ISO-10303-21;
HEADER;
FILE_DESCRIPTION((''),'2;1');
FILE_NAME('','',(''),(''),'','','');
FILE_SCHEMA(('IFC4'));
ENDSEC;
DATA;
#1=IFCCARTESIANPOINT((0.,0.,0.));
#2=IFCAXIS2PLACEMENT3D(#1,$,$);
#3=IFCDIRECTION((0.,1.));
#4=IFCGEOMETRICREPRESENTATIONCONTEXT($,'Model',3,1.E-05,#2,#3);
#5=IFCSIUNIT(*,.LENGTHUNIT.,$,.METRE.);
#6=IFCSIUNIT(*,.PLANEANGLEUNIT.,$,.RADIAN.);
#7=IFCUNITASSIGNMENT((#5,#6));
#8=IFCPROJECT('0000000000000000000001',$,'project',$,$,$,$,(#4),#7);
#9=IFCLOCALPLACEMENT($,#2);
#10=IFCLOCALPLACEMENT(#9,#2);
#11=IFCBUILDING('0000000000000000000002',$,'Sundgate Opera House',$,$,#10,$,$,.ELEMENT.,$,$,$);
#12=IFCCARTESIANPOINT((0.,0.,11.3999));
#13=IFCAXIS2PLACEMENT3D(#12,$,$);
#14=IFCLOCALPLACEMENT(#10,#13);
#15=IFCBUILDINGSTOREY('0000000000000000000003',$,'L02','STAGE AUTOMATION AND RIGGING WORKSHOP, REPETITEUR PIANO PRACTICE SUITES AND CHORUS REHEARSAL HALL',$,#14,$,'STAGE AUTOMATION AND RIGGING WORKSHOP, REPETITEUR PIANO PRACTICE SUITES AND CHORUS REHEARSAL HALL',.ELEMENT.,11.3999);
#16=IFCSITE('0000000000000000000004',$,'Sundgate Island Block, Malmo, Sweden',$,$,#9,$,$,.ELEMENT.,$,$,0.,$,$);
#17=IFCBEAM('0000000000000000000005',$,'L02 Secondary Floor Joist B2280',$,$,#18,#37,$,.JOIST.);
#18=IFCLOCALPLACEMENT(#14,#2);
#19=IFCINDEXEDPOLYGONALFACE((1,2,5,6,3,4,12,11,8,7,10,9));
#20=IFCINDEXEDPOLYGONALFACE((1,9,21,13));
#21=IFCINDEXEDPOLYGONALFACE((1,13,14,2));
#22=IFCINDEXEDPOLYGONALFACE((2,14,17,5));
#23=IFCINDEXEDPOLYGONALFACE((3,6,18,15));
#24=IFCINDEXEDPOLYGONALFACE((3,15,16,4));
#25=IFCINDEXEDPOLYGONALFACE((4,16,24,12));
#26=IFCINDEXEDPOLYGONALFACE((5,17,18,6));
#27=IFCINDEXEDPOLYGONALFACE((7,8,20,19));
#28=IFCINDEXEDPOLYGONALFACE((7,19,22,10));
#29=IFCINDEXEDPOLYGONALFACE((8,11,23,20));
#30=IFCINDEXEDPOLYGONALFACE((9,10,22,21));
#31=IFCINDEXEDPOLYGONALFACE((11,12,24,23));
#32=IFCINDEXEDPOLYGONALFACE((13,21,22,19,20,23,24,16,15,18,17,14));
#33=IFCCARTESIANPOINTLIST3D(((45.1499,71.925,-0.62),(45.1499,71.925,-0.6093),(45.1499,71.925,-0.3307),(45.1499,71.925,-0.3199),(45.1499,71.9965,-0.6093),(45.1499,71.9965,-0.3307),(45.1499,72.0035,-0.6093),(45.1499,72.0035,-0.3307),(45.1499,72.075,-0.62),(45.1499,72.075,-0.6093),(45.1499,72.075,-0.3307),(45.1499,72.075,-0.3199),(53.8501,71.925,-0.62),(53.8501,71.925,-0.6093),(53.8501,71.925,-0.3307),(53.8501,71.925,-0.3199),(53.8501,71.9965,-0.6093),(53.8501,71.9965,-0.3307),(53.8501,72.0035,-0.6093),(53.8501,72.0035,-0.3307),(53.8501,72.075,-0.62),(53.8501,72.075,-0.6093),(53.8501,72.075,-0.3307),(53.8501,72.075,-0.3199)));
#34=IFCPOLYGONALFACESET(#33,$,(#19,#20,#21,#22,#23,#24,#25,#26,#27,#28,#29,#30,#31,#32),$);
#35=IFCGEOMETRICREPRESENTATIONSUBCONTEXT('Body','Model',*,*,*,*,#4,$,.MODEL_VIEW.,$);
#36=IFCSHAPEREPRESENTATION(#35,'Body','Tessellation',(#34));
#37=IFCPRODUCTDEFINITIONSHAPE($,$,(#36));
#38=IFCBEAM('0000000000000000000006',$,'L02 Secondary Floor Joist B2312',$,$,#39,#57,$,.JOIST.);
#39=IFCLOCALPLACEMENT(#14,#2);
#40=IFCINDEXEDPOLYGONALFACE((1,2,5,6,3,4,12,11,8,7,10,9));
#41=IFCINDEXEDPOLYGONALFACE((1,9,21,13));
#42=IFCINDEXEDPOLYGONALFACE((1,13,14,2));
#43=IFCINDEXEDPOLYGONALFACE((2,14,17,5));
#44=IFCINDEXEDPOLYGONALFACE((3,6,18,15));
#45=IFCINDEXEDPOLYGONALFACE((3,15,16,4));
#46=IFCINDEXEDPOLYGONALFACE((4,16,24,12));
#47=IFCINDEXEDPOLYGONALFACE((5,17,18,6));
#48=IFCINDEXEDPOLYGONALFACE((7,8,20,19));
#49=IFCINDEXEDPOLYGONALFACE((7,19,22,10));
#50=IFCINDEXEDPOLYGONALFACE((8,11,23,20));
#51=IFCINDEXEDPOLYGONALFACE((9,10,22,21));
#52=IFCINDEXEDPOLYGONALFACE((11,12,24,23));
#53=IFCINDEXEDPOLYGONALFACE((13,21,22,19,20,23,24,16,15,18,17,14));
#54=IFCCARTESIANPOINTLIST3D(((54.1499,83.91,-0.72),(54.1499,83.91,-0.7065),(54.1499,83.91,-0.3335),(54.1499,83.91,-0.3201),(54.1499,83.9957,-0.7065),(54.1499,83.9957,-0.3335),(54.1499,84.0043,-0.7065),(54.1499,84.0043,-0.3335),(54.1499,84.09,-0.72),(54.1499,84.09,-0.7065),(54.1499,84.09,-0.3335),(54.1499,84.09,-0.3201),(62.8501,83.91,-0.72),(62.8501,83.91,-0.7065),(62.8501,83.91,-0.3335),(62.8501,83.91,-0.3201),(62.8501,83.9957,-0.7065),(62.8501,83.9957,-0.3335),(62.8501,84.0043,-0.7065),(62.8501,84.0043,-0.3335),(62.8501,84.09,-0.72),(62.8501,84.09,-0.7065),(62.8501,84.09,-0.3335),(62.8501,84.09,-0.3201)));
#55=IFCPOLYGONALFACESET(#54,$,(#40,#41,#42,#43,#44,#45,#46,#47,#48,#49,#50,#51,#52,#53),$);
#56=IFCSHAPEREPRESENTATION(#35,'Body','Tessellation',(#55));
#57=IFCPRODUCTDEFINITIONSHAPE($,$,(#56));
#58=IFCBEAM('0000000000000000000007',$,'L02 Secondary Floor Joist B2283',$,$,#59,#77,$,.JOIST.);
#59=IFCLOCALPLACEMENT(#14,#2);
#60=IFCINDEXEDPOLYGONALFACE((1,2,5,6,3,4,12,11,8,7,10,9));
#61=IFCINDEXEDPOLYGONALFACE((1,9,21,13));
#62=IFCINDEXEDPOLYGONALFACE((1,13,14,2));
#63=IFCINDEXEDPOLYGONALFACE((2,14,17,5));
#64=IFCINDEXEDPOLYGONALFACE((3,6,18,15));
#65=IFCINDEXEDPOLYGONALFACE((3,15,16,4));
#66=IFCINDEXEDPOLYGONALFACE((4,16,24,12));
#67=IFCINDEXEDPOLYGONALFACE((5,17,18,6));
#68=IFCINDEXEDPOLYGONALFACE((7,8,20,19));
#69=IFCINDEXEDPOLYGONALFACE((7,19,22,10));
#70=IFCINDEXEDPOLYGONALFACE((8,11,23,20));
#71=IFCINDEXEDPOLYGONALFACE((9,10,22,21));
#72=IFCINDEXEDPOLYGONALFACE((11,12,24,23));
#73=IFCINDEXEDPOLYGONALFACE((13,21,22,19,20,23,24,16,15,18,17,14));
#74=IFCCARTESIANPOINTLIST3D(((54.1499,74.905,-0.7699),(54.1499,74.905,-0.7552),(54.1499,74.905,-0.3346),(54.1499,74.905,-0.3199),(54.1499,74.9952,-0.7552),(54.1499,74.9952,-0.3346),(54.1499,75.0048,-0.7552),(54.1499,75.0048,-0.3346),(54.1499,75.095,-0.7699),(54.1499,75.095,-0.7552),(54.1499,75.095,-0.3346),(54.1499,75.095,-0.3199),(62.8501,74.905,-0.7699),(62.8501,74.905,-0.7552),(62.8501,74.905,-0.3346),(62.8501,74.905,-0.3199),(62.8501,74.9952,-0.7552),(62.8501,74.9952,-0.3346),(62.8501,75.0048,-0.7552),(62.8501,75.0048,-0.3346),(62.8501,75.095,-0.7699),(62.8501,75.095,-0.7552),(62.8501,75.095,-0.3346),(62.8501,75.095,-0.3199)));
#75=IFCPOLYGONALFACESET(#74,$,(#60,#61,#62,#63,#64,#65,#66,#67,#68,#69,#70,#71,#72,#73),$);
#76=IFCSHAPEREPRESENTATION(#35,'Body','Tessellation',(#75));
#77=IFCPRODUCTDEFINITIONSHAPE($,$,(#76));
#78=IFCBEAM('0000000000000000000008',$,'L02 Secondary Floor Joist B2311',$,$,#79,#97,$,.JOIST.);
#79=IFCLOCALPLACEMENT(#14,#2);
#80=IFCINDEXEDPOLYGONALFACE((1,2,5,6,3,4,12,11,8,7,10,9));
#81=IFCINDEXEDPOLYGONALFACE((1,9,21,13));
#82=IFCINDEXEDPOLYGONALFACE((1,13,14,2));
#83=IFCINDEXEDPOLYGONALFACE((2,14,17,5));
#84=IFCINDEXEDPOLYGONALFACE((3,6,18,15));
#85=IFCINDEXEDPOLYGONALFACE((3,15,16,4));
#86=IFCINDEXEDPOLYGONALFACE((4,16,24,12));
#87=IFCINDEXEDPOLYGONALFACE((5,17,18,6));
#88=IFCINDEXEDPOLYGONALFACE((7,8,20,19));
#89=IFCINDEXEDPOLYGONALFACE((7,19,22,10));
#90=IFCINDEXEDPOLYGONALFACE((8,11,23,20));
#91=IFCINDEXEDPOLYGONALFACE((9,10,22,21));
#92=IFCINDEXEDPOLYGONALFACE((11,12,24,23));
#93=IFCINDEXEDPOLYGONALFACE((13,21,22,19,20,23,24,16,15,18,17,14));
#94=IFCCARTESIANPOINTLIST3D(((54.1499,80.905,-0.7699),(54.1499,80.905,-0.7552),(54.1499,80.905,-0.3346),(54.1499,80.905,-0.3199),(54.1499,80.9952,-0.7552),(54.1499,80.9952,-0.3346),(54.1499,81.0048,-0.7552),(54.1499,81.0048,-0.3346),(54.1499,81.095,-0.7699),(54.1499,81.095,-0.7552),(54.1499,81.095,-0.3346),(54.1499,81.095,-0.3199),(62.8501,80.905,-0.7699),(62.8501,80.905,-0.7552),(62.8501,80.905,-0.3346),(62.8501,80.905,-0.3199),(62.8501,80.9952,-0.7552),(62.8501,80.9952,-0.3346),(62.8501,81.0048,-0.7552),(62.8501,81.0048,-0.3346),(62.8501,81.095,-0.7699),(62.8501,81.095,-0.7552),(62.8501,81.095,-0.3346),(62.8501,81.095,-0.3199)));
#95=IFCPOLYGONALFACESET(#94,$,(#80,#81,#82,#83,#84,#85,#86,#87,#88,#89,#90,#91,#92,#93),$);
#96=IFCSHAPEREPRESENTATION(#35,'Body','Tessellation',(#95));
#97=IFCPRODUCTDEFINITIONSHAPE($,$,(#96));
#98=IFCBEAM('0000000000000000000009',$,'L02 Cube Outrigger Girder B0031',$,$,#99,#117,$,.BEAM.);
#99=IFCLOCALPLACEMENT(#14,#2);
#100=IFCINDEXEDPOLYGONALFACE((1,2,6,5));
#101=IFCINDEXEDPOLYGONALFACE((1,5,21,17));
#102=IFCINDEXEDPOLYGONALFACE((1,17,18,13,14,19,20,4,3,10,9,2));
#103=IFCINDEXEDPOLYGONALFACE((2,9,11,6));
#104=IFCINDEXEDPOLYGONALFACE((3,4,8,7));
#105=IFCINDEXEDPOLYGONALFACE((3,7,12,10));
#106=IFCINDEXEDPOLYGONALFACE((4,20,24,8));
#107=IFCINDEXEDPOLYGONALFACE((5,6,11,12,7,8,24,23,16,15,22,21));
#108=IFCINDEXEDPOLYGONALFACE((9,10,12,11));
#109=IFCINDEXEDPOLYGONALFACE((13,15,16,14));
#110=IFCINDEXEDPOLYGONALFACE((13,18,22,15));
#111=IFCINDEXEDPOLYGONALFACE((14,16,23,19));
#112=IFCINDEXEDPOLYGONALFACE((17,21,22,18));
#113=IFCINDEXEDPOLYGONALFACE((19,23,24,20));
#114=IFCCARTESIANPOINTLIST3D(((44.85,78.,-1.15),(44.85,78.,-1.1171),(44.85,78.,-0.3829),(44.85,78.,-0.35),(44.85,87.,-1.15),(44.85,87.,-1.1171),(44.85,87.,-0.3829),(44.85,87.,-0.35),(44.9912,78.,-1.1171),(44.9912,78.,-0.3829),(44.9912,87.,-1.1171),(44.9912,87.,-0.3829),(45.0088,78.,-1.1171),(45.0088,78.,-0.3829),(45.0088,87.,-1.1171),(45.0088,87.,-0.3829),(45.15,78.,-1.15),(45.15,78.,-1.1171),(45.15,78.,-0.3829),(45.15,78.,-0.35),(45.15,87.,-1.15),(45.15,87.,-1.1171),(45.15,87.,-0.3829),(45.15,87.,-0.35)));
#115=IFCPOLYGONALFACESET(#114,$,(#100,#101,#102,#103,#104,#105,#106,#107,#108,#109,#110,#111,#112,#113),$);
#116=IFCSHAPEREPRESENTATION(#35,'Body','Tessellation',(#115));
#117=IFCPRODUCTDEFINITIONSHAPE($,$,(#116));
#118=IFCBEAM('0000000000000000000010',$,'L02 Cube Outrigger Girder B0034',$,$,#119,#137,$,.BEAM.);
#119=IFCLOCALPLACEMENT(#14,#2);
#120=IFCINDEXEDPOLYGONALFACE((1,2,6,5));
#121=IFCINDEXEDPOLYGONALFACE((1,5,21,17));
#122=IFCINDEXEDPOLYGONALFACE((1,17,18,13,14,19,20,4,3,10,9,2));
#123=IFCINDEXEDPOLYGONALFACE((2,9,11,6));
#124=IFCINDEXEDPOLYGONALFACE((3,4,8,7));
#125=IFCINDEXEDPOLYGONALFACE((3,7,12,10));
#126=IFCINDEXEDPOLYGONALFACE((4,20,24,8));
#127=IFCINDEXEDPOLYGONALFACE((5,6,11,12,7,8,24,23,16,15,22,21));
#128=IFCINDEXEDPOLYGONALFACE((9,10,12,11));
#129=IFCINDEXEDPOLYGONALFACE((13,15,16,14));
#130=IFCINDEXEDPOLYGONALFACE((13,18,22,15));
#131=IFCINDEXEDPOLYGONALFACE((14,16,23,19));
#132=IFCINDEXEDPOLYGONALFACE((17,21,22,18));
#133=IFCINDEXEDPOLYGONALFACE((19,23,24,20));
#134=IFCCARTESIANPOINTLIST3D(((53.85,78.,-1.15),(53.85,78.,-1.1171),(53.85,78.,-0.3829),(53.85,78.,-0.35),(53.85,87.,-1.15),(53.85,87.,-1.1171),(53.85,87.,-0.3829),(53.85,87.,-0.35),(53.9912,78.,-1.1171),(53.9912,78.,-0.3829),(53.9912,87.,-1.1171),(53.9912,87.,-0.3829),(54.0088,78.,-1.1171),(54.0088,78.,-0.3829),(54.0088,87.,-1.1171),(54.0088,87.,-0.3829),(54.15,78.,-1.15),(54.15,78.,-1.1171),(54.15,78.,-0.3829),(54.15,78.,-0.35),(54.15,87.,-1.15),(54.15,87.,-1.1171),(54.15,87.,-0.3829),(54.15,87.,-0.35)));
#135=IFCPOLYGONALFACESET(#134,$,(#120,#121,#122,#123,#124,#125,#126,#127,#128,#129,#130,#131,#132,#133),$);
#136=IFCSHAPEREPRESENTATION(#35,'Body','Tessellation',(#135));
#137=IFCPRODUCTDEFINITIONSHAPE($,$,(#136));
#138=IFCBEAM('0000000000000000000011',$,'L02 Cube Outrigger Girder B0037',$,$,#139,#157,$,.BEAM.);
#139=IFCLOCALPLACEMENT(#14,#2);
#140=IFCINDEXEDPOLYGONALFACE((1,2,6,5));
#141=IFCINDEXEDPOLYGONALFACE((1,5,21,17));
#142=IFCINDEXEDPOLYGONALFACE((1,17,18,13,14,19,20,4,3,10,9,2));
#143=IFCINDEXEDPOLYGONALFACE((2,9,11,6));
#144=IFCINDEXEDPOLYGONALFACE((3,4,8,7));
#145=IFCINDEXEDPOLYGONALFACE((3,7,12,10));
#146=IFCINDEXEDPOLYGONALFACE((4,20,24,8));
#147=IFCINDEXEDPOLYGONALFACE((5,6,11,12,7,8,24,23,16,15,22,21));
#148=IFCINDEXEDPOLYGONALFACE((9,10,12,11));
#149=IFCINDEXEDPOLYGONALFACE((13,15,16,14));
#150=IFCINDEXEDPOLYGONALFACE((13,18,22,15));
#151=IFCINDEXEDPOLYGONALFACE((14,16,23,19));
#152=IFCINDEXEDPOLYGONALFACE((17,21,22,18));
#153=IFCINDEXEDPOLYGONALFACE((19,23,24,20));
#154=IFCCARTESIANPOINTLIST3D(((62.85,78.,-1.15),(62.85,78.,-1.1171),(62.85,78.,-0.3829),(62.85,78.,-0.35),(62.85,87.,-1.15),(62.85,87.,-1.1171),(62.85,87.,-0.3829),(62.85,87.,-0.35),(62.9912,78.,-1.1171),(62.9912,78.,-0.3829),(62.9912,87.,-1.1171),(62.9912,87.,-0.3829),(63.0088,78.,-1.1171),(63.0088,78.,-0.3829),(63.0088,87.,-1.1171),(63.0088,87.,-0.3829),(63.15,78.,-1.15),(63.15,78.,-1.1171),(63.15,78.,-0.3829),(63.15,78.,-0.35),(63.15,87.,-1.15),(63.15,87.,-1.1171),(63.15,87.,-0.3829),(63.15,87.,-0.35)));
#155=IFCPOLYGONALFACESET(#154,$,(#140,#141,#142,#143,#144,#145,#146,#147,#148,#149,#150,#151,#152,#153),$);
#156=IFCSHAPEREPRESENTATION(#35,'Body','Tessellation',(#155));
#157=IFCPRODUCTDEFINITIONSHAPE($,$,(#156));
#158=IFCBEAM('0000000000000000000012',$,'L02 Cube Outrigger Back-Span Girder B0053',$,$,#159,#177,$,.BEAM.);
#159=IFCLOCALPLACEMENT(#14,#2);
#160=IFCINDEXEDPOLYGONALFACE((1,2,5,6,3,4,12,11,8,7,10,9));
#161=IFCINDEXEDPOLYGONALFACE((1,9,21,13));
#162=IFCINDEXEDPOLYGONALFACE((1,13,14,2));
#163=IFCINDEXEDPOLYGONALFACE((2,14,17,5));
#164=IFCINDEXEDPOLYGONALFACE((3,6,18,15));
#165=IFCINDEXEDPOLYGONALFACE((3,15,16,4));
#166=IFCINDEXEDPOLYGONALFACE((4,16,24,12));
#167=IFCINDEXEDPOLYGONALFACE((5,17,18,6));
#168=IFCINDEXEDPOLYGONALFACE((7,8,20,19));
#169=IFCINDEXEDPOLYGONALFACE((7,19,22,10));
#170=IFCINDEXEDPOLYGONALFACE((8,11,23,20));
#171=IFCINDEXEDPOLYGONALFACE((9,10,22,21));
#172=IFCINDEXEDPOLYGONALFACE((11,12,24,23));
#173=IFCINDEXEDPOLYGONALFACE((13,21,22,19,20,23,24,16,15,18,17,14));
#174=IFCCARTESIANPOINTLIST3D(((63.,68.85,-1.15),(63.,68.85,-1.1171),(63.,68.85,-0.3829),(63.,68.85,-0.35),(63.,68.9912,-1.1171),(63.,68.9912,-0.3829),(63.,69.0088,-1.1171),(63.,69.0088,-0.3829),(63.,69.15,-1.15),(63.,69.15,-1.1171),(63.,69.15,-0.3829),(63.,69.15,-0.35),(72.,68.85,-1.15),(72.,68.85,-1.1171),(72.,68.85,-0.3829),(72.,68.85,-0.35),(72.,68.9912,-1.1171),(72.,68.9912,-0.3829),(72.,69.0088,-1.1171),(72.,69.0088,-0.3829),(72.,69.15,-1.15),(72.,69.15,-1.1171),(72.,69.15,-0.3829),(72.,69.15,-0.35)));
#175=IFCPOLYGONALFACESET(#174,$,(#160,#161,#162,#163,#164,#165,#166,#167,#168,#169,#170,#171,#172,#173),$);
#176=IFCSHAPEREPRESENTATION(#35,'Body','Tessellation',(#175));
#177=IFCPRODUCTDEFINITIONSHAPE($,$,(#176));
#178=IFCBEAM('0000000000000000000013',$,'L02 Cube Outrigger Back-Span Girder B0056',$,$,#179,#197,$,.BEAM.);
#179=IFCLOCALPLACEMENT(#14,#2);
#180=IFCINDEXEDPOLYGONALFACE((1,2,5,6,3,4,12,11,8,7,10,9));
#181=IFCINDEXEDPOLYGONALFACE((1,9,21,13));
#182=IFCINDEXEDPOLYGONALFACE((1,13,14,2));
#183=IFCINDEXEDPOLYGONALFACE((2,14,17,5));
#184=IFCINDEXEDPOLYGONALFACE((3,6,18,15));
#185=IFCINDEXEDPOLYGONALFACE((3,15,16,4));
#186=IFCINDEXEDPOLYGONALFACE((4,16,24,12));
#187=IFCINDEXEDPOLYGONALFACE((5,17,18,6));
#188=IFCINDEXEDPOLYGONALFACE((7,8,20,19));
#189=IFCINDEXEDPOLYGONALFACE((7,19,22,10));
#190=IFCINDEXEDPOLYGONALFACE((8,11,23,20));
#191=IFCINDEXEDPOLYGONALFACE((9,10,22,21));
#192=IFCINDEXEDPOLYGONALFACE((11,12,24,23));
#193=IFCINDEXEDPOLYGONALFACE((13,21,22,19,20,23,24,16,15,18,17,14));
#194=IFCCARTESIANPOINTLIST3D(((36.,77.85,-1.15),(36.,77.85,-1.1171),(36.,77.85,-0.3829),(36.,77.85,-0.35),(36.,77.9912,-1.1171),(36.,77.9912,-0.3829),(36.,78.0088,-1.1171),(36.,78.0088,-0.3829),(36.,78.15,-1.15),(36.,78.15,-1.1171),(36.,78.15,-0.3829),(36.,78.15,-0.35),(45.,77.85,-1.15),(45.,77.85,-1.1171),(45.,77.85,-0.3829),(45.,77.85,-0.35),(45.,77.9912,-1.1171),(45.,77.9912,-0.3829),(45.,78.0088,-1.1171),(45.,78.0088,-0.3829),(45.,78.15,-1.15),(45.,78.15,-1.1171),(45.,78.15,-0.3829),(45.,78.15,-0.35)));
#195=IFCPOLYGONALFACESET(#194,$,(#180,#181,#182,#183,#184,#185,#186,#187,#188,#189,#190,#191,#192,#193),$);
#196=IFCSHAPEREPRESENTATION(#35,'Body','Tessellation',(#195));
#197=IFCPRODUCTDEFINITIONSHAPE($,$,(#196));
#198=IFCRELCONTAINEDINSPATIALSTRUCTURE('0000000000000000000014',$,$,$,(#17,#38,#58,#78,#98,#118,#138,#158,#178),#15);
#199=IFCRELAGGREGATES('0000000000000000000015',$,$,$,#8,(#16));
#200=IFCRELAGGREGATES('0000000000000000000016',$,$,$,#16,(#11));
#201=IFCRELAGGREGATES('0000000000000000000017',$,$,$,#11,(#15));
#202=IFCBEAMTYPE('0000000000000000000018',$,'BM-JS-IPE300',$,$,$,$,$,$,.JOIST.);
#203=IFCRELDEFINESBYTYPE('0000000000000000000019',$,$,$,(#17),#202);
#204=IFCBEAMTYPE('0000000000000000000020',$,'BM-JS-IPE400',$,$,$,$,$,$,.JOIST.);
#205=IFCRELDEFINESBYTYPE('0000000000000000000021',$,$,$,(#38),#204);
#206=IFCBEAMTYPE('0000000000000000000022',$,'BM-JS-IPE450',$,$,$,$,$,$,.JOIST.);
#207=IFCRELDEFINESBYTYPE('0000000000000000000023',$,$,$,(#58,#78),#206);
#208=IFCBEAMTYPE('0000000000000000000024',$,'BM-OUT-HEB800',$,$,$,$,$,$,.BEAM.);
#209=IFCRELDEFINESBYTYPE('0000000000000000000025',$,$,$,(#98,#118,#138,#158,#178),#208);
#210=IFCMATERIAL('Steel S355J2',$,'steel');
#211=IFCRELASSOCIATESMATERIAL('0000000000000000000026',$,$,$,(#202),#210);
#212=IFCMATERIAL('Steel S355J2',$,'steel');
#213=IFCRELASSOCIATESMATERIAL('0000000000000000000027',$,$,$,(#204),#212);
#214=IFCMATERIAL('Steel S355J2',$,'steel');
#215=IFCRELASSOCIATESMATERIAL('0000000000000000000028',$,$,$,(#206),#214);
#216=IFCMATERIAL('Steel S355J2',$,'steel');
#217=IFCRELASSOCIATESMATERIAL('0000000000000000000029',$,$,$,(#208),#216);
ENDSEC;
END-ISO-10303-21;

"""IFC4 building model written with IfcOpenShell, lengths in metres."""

from ifc_helpers import new_model, si_unit, direction, frame, origin, origin_2d, place, context, subcontext, project, spatial, i_section, extrude, material, material_profile, profile_set, type_object, element, save


model = new_model("IFC4")

# Units and contexts
model_context = context("Model", 3, precision=1e-05, world=origin(), true_north=direction((0.0, 1.0)))
body_context = subcontext(model_context, "Body", "Model", "MODEL_VIEW")
ifc_project = project(units=[si_unit("LENGTHUNIT", "METRE"), si_unit("PLANEANGLEUNIT", "RADIAN")], contexts=[model_context])

# Site, building, storey
site_placement = place(None, origin())
site = spatial("IfcSite", under=ifc_project, at=site_placement, Name="Sundgate Island Block, Malmo, Sweden", CompositionType="ELEMENT", RefElevation=0.0)
building_placement = place(site_placement, origin())
building = spatial("IfcBuilding", under=site, at=building_placement, Name="Sundgate Opera House", CompositionType="ELEMENT")
storey_placement = place(building_placement, frame((0.0, 0.0, 11.3999)))
storey = spatial("IfcBuildingStorey", under=building, at=storey_placement, Name="L02", Description="STAGE AUTOMATION AND RIGGING WORKSHOP, REPETITEUR PIANO PRACTICE SUITES AND CHORUS REHEARSAL HALL", LongName="STAGE AUTOMATION AND RIGGING WORKSHOP, REPETITEUR PIANO PRACTICE SUITES AND CHORUS REHEARSAL HALL", CompositionType="ELEMENT", Elevation=11.3999)

# Beams
ifc_material_1 = material(Name="Steel S355J2", Category="steel")
ifc_material_profile_1 = material_profile(ifc_material_1, i_section(OverallWidth=0.1499, OverallDepth=0.3, WebThickness=0.0071, FlangeThickness=0.0107, at=origin_2d()), Name="IPE 300")
ifc_profile_set_1 = profile_set([ifc_material_profile_1], Name="Steel S355J2")
beam_type_1 = type_object("IfcBeamType", Name="BM-JS-IPE300", PredefinedType="JOIST", material=ifc_profile_set_1)
beam_1_placement = place(storey_placement, frame((45.1499, 72.0, -0.47), z_axis=(1.0, 0.0, 0.0), x_axis=(0.0, 1.0, 0.0)))
element("IfcBeam", 1, at=beam_1_placement, inside=storey, type_object=beam_type_1, Name="L02 Secondary Floor Joist B2280", PredefinedType="JOIST", context=body_context, shape_type="SweptSolid", body=[
    extrude(i_section(OverallWidth=0.1499, OverallDepth=0.3, WebThickness=0.0071, FlangeThickness=0.0107, at=origin_2d()), origin(), (0.0, 0.0, 1.0), 8.7002),
])
ifc_material_2 = material(Name="Steel S355J2", Category="steel")
ifc_material_profile_2 = material_profile(ifc_material_2, i_section(OverallWidth=0.1799, OverallDepth=0.3999, WebThickness=0.0085, FlangeThickness=0.0134, at=origin_2d()), Name="IPE 400")
ifc_profile_set_2 = profile_set([ifc_material_profile_2], Name="Steel S355J2")
beam_type_2 = type_object("IfcBeamType", Name="BM-JS-IPE400", PredefinedType="JOIST", material=ifc_profile_set_2)
beam_2_placement = place(storey_placement, frame((54.1499, 84.0, -0.52), z_axis=(1.0, 0.0, 0.0), x_axis=(0.0, 1.0, 0.0)))
element("IfcBeam", 2, at=beam_2_placement, inside=storey, type_object=beam_type_2, Name="L02 Secondary Floor Joist B2312", PredefinedType="JOIST", context=body_context, shape_type="SweptSolid", body=[
    extrude(i_section(OverallWidth=0.1799, OverallDepth=0.3999, WebThickness=0.0085, FlangeThickness=0.0134, at=origin_2d()), origin(), (0.0, 0.0, 1.0), 8.7002),
])
ifc_material_3 = material(Name="Steel S355J2", Category="steel")
ifc_material_profile_3 = material_profile(ifc_material_3, i_section(OverallWidth=0.1899, OverallDepth=0.45, WebThickness=0.0095, FlangeThickness=0.0146, at=origin_2d()), Name="IPE 450")
ifc_profile_set_3 = profile_set([ifc_material_profile_3], Name="Steel S355J2")
beam_type_3 = type_object("IfcBeamType", Name="BM-JS-IPE450", PredefinedType="JOIST", material=ifc_profile_set_3)
for number, where, z_axis, x_axis, name in (
    (3, (54.1499, 75.0, -0.5449), (1.0, 0.0, 0.0), (0.0, 1.0, 0.0), "L02 Secondary Floor Joist B2283"),
    (4, (54.1499, 81.0, -0.5449), (1.0, 0.0, 0.0), (0.0, 1.0, 0.0), "L02 Secondary Floor Joist B2311"),
):
    element("IfcBeam", number, at=place(storey_placement, frame(where, z_axis=z_axis, x_axis=x_axis)), inside=storey, type_object=beam_type_3, Name=name, PredefinedType="JOIST", context=body_context, shape_type="SweptSolid", body=[
        extrude(i_section(OverallWidth=0.1899, OverallDepth=0.45, WebThickness=0.0095, FlangeThickness=0.0146, at=origin_2d()), origin(), (0.0, 0.0, 1.0), 8.7002),
    ])
ifc_material_4 = material(Name="Steel S355J2", Category="steel")
ifc_material_profile_4 = material_profile(ifc_material_4, i_section(OverallWidth=0.3, OverallDepth=0.8, WebThickness=0.0176, FlangeThickness=0.033, at=origin_2d()), Name="HEB 800")
ifc_profile_set_4 = profile_set([ifc_material_profile_4], Name="Steel S355J2")
beam_type_4 = type_object("IfcBeamType", Name="BM-OUT-HEB800", PredefinedType="BEAM", material=ifc_profile_set_4)
for number, where, z_axis, x_axis, name in (
    (5, (45.0, 78.0, -0.75), (0.0, 1.0, 0.0), (-1.0, 0.0, 0.0), "L02 Cube Outrigger Girder B0031"),
    (6, (54.0, 78.0, -0.75), (0.0, 1.0, 0.0), (-1.0, 0.0, 0.0), "L02 Cube Outrigger Girder B0034"),
    (7, (63.0, 78.0, -0.75), (0.0, 1.0, 0.0), (-1.0, 0.0, 0.0), "L02 Cube Outrigger Girder B0037"),
    (8, (63.0, 69.0, -0.75), (1.0, 0.0, 0.0), (0.0, 1.0, 0.0), "L02 Cube Outrigger Back-Span Girder B0053"),
    (9, (45.0, 78.0, -0.75), (-1.0, 0.0, 0.0), (0.0, -1.0, 0.0), "L02 Cube Outrigger Back-Span Girder B0056"),
):
    element("IfcBeam", number, at=place(storey_placement, frame(where, z_axis=z_axis, x_axis=x_axis)), inside=storey, type_object=beam_type_4, Name=name, PredefinedType="BEAM", context=body_context, shape_type="SweptSolid", body=[
        extrude(i_section(OverallWidth=0.3, OverallDepth=0.8, WebThickness=0.0176, FlangeThickness=0.033, at=origin_2d()), origin(), (0.0, 0.0, 1.0), 9.0),
    ])

save(model, "model.ifc")
